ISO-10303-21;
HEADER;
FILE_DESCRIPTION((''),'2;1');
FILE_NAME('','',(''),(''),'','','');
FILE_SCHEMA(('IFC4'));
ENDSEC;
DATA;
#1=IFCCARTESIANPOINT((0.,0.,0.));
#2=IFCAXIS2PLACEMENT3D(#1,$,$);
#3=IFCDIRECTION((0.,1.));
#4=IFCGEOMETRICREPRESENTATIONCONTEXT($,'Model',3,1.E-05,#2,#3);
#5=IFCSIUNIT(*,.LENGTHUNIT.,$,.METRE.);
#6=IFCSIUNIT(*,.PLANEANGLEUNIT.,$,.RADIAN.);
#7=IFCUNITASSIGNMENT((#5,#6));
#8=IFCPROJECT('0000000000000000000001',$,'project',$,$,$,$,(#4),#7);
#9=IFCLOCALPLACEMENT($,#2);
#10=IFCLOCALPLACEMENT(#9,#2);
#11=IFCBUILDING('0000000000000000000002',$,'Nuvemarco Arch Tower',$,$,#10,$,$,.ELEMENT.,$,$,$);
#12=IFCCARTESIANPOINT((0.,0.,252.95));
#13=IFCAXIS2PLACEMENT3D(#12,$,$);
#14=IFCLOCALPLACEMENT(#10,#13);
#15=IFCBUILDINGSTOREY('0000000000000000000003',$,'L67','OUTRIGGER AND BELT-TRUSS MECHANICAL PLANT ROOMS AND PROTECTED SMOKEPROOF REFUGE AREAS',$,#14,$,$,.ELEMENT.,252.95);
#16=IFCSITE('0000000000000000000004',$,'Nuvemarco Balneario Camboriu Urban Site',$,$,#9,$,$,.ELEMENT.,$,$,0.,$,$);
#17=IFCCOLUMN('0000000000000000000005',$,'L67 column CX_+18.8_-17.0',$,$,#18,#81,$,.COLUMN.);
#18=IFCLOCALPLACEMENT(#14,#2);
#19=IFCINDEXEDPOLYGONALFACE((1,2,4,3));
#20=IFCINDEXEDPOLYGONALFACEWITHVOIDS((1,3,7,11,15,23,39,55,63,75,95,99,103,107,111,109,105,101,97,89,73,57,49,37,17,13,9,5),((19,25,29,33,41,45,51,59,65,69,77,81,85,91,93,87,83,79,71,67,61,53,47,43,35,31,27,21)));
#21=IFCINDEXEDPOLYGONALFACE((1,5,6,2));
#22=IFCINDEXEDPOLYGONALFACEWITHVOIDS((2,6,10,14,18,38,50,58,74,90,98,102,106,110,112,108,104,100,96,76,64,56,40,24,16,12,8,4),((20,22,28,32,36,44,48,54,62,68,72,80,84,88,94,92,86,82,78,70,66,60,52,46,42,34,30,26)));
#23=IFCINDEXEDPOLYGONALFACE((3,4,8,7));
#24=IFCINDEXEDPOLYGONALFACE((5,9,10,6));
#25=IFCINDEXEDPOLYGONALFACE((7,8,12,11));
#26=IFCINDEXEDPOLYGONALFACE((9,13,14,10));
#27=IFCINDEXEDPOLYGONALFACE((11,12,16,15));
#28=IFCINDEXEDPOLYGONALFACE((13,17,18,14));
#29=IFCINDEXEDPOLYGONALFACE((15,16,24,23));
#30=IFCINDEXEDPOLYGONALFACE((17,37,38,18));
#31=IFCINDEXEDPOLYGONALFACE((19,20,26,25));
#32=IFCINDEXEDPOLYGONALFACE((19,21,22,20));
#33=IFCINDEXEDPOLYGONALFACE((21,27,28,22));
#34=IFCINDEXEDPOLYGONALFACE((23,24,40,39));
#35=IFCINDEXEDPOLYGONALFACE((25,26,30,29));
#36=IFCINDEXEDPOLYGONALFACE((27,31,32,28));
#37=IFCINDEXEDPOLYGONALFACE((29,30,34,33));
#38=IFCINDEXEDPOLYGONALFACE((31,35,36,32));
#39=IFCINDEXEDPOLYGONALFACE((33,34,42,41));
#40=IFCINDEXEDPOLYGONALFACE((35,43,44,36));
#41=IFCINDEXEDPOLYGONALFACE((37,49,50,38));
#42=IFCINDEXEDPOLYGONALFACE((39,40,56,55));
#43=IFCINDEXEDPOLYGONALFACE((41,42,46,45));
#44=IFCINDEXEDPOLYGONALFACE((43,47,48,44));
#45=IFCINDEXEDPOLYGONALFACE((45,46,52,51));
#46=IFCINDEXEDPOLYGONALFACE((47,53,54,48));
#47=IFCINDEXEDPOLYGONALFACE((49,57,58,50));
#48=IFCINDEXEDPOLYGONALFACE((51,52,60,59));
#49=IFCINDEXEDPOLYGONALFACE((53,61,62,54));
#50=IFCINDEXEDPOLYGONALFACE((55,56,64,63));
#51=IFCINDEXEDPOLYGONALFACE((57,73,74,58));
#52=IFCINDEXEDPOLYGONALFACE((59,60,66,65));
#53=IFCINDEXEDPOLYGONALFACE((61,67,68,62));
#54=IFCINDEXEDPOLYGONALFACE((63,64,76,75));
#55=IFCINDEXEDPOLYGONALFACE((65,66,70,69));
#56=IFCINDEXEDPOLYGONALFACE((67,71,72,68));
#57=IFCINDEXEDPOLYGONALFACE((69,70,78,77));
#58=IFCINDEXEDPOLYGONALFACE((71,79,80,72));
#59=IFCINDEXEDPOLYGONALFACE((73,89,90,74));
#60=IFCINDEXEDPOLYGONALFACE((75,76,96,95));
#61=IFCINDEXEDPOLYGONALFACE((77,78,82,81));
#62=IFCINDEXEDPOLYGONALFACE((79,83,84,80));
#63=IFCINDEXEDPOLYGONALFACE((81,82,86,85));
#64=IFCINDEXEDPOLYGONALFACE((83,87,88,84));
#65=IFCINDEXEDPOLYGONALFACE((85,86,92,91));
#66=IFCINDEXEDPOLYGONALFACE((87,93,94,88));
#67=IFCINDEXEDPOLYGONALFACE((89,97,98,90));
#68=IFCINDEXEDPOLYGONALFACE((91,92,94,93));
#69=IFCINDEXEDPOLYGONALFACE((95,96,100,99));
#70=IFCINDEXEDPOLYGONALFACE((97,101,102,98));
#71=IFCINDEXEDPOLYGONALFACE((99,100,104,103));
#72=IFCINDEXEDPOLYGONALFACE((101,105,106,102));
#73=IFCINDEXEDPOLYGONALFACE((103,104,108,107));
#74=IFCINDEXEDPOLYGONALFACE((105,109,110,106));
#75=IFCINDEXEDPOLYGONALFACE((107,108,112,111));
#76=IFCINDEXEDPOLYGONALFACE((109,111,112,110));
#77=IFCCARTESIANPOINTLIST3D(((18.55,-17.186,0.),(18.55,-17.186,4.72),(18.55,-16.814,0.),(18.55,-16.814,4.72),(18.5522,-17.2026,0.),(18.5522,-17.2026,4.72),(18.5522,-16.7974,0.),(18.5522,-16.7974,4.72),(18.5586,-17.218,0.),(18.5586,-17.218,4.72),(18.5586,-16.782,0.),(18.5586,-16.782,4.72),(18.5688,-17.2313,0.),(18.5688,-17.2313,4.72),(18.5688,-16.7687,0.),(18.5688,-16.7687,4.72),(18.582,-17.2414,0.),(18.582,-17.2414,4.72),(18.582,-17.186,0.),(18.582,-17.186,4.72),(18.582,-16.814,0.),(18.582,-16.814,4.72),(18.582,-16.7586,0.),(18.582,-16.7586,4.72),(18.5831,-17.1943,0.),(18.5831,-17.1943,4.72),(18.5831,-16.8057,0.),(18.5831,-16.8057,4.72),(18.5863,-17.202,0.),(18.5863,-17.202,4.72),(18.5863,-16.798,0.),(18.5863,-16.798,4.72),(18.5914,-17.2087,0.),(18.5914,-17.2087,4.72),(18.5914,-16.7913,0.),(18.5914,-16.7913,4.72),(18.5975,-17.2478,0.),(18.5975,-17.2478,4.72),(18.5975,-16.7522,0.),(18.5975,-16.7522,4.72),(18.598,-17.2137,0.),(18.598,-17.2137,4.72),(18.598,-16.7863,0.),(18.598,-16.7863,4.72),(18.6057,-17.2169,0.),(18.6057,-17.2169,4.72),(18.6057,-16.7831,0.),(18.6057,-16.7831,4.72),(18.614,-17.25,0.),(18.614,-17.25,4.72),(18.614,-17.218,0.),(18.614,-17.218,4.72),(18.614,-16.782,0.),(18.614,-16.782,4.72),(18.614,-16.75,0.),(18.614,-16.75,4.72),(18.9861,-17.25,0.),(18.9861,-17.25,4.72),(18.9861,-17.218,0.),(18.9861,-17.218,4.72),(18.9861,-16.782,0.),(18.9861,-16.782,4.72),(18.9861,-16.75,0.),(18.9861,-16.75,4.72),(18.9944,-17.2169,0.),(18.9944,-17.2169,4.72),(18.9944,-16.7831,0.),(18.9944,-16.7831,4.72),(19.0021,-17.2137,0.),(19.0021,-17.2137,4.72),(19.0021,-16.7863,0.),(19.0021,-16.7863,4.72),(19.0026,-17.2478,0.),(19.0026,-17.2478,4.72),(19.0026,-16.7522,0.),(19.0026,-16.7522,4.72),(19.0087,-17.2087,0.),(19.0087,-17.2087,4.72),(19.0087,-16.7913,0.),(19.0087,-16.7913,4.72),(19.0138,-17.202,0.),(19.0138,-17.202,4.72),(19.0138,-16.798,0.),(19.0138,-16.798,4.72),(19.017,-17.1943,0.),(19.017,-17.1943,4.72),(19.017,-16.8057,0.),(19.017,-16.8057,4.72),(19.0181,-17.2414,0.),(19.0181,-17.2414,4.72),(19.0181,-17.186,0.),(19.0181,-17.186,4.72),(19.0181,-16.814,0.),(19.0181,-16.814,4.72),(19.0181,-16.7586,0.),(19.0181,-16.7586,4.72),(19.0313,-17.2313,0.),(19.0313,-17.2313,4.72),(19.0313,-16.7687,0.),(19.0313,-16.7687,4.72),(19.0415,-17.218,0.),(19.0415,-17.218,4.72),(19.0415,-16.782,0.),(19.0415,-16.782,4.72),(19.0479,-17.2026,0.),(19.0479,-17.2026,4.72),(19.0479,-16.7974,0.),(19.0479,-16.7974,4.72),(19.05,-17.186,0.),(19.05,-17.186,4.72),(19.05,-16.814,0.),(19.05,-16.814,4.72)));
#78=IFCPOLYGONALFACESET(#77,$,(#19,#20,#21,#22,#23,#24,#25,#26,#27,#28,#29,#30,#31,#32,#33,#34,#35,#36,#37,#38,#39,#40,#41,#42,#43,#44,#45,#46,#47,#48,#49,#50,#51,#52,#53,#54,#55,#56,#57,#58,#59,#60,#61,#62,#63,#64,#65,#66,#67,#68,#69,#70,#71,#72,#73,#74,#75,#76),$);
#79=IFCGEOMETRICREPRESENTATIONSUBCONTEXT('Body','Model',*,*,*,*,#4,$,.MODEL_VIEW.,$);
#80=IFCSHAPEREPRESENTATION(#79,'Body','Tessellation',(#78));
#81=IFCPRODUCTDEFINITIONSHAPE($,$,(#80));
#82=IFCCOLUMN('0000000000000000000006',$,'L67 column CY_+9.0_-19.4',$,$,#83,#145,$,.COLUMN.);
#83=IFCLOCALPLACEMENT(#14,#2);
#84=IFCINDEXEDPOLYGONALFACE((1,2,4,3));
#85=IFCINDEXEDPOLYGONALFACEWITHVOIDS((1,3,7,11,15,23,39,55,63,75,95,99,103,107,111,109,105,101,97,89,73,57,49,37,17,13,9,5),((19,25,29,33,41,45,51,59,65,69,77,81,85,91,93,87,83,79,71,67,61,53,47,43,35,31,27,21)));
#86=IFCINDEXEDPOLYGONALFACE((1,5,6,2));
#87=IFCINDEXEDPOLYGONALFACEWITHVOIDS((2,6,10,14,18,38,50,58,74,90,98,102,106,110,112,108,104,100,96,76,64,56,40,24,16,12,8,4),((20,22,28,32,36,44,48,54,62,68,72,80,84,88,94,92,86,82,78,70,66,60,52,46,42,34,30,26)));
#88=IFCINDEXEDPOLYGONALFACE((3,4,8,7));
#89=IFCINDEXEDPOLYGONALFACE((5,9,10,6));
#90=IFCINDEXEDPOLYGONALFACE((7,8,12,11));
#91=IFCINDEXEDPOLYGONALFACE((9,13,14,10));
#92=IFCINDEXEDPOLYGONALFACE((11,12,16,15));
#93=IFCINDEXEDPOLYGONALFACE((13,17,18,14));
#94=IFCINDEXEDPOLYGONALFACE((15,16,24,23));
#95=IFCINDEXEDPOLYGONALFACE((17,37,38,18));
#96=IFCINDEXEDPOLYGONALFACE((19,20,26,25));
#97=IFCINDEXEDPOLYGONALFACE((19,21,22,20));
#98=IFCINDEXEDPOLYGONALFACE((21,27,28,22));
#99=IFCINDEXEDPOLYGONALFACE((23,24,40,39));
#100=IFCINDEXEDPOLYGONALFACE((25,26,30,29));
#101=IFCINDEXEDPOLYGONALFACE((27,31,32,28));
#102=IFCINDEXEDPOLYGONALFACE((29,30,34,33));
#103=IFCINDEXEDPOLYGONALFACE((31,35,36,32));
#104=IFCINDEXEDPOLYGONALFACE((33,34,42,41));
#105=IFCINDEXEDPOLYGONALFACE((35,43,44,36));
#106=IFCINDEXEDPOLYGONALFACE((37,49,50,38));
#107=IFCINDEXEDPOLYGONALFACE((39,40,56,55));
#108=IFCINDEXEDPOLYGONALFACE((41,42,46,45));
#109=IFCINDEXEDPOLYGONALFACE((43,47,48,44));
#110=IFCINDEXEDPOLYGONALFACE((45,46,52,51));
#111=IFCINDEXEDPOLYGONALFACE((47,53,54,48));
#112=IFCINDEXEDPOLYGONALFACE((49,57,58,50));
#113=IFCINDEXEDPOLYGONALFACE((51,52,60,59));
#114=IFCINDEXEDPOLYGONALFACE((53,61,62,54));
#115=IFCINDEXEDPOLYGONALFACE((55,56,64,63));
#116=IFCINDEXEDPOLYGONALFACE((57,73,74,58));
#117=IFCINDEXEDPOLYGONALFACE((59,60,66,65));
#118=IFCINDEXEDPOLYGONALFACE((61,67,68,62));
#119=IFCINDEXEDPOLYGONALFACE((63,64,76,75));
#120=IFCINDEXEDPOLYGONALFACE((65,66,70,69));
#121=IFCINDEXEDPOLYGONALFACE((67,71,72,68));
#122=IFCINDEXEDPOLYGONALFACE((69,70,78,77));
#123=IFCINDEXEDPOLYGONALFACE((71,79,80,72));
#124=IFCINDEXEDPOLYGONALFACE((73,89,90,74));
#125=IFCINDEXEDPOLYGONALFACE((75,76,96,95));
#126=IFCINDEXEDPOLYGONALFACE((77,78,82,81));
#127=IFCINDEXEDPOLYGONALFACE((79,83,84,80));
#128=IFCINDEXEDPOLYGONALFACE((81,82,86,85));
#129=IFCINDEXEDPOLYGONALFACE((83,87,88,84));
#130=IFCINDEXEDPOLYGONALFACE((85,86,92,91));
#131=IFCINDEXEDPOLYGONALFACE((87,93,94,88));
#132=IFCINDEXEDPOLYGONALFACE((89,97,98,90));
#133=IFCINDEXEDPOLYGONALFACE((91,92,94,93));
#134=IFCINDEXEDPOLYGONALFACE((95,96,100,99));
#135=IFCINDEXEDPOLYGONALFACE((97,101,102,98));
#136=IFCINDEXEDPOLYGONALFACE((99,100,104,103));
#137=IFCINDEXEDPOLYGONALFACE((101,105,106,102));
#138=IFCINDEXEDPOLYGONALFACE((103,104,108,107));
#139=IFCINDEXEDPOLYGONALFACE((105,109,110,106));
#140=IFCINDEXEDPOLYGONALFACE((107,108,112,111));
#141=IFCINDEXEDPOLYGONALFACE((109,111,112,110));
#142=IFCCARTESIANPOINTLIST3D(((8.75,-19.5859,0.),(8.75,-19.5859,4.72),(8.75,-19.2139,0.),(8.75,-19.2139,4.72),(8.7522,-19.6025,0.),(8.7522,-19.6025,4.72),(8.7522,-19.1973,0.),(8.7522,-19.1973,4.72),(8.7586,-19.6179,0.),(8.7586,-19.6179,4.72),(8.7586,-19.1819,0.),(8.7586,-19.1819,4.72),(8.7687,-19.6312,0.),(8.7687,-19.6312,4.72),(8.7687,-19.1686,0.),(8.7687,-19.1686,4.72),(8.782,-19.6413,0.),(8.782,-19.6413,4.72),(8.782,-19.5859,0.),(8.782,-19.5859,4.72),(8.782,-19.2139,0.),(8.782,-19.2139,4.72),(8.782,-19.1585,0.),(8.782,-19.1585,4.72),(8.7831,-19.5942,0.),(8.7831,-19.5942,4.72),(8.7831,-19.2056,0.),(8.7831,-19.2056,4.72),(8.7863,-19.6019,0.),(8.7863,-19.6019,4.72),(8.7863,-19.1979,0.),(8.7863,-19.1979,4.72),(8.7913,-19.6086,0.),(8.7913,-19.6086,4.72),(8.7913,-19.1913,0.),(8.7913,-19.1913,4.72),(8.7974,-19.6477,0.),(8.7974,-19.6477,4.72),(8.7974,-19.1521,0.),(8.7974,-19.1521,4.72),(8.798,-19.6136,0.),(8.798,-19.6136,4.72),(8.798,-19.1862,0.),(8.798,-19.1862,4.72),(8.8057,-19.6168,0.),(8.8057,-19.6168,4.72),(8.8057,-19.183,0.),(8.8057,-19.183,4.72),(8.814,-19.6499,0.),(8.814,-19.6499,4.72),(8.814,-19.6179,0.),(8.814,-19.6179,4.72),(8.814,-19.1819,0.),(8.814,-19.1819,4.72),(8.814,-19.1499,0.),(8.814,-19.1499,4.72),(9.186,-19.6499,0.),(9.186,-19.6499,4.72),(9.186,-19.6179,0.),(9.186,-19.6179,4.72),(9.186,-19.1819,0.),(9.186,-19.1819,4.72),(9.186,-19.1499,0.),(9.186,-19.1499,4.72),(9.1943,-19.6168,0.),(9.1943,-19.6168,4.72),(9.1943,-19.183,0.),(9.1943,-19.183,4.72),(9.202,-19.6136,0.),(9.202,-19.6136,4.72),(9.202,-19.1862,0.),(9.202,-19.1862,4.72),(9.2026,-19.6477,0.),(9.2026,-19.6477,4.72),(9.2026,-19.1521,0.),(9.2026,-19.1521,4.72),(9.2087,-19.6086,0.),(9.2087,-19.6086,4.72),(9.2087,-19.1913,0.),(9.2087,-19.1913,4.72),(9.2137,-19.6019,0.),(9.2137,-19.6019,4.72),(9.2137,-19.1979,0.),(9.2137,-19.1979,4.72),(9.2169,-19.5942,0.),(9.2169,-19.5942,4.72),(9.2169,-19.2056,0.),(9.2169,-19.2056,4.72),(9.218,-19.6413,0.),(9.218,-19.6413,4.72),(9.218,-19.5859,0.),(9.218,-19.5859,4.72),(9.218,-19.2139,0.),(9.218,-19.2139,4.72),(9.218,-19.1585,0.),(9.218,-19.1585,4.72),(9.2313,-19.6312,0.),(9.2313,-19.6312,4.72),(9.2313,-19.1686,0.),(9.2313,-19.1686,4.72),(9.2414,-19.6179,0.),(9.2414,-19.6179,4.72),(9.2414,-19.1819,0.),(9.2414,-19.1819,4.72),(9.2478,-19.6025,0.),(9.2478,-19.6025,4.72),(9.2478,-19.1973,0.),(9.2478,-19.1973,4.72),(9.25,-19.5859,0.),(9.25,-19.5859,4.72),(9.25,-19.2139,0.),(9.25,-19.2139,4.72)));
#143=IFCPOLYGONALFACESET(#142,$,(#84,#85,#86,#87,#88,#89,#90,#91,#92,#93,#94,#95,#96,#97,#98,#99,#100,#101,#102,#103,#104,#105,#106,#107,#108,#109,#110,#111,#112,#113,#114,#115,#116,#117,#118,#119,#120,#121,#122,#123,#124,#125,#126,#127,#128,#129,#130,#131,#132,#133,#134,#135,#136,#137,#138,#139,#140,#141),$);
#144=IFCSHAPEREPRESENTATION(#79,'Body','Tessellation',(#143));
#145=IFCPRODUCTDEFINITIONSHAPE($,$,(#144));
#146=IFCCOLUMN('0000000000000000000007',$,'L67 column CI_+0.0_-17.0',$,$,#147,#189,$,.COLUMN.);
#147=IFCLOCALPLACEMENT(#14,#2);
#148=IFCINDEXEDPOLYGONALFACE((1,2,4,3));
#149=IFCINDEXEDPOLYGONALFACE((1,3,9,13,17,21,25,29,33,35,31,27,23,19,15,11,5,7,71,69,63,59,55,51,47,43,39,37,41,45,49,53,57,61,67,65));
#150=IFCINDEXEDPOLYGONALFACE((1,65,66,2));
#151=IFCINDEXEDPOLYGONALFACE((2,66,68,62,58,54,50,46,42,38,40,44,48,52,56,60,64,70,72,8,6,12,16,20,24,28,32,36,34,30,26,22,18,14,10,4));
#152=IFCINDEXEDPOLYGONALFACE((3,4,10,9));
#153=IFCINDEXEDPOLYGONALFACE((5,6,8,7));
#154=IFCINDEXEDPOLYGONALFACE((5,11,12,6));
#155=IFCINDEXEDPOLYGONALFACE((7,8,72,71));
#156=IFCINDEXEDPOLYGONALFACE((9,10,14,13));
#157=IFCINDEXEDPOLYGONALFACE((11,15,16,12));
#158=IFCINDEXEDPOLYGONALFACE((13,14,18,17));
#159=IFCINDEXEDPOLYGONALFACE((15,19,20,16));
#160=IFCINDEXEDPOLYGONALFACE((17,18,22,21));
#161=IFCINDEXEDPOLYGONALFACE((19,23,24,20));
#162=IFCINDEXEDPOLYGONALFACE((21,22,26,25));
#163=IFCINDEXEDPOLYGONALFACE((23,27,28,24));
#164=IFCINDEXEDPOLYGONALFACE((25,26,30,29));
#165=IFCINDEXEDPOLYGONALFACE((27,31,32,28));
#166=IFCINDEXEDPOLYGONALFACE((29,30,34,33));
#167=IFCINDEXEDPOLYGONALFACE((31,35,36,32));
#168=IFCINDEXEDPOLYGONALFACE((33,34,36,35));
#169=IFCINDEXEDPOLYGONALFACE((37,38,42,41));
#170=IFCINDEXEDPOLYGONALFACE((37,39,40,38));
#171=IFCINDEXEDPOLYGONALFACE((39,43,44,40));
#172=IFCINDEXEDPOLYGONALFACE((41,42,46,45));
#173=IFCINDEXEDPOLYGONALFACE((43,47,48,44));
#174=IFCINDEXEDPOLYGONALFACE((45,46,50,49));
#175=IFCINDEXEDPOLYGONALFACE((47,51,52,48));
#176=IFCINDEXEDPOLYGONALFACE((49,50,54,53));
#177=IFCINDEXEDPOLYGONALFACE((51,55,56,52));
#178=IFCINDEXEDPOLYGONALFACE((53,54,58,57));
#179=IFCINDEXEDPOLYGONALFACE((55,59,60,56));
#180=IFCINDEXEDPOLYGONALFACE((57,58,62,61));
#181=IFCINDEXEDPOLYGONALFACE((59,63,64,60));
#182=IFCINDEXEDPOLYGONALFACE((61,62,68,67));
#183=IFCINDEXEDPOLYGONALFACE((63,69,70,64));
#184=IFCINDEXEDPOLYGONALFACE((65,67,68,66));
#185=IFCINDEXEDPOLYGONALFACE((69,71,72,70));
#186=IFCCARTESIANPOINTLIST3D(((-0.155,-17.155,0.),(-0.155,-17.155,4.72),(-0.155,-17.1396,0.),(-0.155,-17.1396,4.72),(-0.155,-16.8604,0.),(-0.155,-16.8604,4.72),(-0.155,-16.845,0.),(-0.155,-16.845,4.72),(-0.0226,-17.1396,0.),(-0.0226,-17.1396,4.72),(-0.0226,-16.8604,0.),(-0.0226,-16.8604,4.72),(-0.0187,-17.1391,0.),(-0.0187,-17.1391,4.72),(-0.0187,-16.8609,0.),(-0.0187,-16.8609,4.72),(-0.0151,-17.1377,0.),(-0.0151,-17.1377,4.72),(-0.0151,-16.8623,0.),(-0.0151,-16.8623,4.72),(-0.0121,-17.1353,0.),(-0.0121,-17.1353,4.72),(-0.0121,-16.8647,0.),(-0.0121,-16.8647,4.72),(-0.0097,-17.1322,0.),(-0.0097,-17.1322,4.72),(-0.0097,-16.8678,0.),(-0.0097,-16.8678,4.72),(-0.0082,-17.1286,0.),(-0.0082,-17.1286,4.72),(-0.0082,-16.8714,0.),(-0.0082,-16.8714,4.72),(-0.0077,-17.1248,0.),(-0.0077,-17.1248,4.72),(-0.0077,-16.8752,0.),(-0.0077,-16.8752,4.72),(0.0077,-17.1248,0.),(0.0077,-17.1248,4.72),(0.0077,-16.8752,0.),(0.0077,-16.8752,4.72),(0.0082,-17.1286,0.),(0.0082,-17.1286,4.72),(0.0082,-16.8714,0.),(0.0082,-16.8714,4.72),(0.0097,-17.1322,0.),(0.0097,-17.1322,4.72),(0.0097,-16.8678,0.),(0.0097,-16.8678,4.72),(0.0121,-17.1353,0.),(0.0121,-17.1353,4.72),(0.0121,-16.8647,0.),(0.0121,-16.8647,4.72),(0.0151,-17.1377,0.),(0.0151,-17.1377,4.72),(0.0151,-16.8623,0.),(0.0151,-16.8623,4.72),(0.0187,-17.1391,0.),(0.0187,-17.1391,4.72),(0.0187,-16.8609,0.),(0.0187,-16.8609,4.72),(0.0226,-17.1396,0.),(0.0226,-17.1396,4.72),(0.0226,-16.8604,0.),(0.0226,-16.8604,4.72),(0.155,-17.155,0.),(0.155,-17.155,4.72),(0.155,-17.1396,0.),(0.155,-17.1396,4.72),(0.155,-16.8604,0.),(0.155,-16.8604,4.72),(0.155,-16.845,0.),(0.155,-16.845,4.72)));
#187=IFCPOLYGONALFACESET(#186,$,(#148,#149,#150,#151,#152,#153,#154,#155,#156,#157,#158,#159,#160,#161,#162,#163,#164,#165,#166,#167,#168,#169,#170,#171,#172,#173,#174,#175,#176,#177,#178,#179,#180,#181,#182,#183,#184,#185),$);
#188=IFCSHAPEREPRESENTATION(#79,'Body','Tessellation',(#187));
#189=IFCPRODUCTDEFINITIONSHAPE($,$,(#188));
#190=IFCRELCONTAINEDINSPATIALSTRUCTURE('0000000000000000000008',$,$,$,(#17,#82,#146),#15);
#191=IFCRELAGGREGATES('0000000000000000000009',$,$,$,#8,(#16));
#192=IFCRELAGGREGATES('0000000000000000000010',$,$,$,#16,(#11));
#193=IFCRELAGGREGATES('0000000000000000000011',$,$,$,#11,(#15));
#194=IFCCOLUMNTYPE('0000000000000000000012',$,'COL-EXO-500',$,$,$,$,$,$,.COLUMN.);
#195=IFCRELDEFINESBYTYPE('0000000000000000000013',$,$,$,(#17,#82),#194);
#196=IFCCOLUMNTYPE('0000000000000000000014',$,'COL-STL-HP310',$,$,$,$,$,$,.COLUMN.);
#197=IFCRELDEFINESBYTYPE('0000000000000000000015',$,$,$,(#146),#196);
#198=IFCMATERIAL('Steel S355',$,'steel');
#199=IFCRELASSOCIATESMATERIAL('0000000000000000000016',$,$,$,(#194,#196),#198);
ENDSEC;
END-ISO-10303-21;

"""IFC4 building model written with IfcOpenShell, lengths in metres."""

from ifc_helpers import new_model, si_unit, direction, frame, origin, origin_2d, place, context, subcontext, project, spatial, hollow_rectangle, i_section, extrude, material, material_profile, profile_set, type_object, element, save


model = new_model("IFC4")

# Units and contexts
model_context = context("Model", 3, precision=1e-05, world=origin(), true_north=direction((0.0, 1.0)))
body_context = subcontext(model_context, "Body", "Model", "MODEL_VIEW")
ifc_project = project(units=[si_unit("LENGTHUNIT", "METRE"), si_unit("PLANEANGLEUNIT", "RADIAN")], contexts=[model_context])

# Site, building, storey
site_placement = place(None, origin())
site = spatial("IfcSite", under=ifc_project, at=site_placement, Name="Nuvemarco Balneario Camboriu Urban Site", CompositionType="ELEMENT", RefElevation=0.0)
building_placement = place(site_placement, origin())
building = spatial("IfcBuilding", under=site, at=building_placement, Name="Nuvemarco Arch Tower", CompositionType="ELEMENT")
storey_placement = place(building_placement, frame((0.0, 0.0, 252.95)))
storey = spatial("IfcBuildingStorey", under=building, at=storey_placement, Name="L67", Description="OUTRIGGER AND BELT-TRUSS MECHANICAL PLANT ROOMS AND PROTECTED SMOKEPROOF REFUGE AREAS", CompositionType="ELEMENT", Elevation=252.95)

# Columns
ifc_material_1 = material(Name="Steel S355", Category="steel")
ifc_material_profile_1 = material_profile(ifc_material_1, hollow_rectangle(XDim=0.5, YDim=0.5, WallThickness=0.032, InnerFilletRadius=0.032, OuterFilletRadius=0.064, at=origin_2d()), Name="SHS500x500x32")
ifc_profile_set_1 = profile_set([ifc_material_profile_1], Name="Steel S355")
column_type_1 = type_object("IfcColumnType", Name="COL-EXO-500", PredefinedType="COLUMN", material=ifc_profile_set_1)
for number, where, z_axis, x_axis, name in (
    (1, (18.8, -17.0, 0.0), (0.0, 0.0, 1.0), (1.0, 0.0, 0.0), "L67 column CX_+18.8_-17.0"),
    (2, (9.0, -19.3999, 0.0), (0.0, 0.0, 1.0), (1.0, 0.0, 0.0), "L67 column CY_+9.0_-19.4"),
):
    element("IfcColumn", number, at=place(storey_placement, frame(where, z_axis=z_axis, x_axis=x_axis)), inside=storey, type_object=column_type_1, Name=name, PredefinedType="COLUMN", context=body_context, shape_type="SweptSolid", body=[
        extrude(hollow_rectangle(XDim=0.5, YDim=0.5, WallThickness=0.032, InnerFilletRadius=0.032, OuterFilletRadius=0.064, at=origin_2d()), origin(), (0.0, 0.0, 1.0), 4.72),
    ])
ifc_material_profile_2 = material_profile(ifc_material_1, i_section(OverallWidth=0.3101, OverallDepth=0.3101, WebThickness=0.0154, FlangeThickness=0.0154, FilletRadius=0.0149, at=origin_2d()), Name="HP310x110")
ifc_profile_set_2 = profile_set([ifc_material_profile_2], Name="Steel S355")
column_type_2 = type_object("IfcColumnType", Name="COL-STL-HP310", PredefinedType="COLUMN", material=ifc_profile_set_2)
for number, where, z_axis, x_axis, name in (
    (3, (0.0, -17.0, 0.0), (0.0, 0.0, 1.0), (1.0, 0.0, 0.0), "L67 column CI_+0.0_-17.0"),
):
    element("IfcColumn", number, at=place(storey_placement, frame(where, z_axis=z_axis, x_axis=x_axis)), inside=storey, type_object=column_type_2, Name=name, PredefinedType="COLUMN", context=body_context, shape_type="SweptSolid", body=[
        extrude(i_section(OverallWidth=0.3101, OverallDepth=0.3101, WebThickness=0.0154, FlangeThickness=0.0154, FilletRadius=0.0149, at=origin_2d()), origin(), (0.0, 0.0, 1.0), 4.72),
    ])

save(model, "model.ifc")
